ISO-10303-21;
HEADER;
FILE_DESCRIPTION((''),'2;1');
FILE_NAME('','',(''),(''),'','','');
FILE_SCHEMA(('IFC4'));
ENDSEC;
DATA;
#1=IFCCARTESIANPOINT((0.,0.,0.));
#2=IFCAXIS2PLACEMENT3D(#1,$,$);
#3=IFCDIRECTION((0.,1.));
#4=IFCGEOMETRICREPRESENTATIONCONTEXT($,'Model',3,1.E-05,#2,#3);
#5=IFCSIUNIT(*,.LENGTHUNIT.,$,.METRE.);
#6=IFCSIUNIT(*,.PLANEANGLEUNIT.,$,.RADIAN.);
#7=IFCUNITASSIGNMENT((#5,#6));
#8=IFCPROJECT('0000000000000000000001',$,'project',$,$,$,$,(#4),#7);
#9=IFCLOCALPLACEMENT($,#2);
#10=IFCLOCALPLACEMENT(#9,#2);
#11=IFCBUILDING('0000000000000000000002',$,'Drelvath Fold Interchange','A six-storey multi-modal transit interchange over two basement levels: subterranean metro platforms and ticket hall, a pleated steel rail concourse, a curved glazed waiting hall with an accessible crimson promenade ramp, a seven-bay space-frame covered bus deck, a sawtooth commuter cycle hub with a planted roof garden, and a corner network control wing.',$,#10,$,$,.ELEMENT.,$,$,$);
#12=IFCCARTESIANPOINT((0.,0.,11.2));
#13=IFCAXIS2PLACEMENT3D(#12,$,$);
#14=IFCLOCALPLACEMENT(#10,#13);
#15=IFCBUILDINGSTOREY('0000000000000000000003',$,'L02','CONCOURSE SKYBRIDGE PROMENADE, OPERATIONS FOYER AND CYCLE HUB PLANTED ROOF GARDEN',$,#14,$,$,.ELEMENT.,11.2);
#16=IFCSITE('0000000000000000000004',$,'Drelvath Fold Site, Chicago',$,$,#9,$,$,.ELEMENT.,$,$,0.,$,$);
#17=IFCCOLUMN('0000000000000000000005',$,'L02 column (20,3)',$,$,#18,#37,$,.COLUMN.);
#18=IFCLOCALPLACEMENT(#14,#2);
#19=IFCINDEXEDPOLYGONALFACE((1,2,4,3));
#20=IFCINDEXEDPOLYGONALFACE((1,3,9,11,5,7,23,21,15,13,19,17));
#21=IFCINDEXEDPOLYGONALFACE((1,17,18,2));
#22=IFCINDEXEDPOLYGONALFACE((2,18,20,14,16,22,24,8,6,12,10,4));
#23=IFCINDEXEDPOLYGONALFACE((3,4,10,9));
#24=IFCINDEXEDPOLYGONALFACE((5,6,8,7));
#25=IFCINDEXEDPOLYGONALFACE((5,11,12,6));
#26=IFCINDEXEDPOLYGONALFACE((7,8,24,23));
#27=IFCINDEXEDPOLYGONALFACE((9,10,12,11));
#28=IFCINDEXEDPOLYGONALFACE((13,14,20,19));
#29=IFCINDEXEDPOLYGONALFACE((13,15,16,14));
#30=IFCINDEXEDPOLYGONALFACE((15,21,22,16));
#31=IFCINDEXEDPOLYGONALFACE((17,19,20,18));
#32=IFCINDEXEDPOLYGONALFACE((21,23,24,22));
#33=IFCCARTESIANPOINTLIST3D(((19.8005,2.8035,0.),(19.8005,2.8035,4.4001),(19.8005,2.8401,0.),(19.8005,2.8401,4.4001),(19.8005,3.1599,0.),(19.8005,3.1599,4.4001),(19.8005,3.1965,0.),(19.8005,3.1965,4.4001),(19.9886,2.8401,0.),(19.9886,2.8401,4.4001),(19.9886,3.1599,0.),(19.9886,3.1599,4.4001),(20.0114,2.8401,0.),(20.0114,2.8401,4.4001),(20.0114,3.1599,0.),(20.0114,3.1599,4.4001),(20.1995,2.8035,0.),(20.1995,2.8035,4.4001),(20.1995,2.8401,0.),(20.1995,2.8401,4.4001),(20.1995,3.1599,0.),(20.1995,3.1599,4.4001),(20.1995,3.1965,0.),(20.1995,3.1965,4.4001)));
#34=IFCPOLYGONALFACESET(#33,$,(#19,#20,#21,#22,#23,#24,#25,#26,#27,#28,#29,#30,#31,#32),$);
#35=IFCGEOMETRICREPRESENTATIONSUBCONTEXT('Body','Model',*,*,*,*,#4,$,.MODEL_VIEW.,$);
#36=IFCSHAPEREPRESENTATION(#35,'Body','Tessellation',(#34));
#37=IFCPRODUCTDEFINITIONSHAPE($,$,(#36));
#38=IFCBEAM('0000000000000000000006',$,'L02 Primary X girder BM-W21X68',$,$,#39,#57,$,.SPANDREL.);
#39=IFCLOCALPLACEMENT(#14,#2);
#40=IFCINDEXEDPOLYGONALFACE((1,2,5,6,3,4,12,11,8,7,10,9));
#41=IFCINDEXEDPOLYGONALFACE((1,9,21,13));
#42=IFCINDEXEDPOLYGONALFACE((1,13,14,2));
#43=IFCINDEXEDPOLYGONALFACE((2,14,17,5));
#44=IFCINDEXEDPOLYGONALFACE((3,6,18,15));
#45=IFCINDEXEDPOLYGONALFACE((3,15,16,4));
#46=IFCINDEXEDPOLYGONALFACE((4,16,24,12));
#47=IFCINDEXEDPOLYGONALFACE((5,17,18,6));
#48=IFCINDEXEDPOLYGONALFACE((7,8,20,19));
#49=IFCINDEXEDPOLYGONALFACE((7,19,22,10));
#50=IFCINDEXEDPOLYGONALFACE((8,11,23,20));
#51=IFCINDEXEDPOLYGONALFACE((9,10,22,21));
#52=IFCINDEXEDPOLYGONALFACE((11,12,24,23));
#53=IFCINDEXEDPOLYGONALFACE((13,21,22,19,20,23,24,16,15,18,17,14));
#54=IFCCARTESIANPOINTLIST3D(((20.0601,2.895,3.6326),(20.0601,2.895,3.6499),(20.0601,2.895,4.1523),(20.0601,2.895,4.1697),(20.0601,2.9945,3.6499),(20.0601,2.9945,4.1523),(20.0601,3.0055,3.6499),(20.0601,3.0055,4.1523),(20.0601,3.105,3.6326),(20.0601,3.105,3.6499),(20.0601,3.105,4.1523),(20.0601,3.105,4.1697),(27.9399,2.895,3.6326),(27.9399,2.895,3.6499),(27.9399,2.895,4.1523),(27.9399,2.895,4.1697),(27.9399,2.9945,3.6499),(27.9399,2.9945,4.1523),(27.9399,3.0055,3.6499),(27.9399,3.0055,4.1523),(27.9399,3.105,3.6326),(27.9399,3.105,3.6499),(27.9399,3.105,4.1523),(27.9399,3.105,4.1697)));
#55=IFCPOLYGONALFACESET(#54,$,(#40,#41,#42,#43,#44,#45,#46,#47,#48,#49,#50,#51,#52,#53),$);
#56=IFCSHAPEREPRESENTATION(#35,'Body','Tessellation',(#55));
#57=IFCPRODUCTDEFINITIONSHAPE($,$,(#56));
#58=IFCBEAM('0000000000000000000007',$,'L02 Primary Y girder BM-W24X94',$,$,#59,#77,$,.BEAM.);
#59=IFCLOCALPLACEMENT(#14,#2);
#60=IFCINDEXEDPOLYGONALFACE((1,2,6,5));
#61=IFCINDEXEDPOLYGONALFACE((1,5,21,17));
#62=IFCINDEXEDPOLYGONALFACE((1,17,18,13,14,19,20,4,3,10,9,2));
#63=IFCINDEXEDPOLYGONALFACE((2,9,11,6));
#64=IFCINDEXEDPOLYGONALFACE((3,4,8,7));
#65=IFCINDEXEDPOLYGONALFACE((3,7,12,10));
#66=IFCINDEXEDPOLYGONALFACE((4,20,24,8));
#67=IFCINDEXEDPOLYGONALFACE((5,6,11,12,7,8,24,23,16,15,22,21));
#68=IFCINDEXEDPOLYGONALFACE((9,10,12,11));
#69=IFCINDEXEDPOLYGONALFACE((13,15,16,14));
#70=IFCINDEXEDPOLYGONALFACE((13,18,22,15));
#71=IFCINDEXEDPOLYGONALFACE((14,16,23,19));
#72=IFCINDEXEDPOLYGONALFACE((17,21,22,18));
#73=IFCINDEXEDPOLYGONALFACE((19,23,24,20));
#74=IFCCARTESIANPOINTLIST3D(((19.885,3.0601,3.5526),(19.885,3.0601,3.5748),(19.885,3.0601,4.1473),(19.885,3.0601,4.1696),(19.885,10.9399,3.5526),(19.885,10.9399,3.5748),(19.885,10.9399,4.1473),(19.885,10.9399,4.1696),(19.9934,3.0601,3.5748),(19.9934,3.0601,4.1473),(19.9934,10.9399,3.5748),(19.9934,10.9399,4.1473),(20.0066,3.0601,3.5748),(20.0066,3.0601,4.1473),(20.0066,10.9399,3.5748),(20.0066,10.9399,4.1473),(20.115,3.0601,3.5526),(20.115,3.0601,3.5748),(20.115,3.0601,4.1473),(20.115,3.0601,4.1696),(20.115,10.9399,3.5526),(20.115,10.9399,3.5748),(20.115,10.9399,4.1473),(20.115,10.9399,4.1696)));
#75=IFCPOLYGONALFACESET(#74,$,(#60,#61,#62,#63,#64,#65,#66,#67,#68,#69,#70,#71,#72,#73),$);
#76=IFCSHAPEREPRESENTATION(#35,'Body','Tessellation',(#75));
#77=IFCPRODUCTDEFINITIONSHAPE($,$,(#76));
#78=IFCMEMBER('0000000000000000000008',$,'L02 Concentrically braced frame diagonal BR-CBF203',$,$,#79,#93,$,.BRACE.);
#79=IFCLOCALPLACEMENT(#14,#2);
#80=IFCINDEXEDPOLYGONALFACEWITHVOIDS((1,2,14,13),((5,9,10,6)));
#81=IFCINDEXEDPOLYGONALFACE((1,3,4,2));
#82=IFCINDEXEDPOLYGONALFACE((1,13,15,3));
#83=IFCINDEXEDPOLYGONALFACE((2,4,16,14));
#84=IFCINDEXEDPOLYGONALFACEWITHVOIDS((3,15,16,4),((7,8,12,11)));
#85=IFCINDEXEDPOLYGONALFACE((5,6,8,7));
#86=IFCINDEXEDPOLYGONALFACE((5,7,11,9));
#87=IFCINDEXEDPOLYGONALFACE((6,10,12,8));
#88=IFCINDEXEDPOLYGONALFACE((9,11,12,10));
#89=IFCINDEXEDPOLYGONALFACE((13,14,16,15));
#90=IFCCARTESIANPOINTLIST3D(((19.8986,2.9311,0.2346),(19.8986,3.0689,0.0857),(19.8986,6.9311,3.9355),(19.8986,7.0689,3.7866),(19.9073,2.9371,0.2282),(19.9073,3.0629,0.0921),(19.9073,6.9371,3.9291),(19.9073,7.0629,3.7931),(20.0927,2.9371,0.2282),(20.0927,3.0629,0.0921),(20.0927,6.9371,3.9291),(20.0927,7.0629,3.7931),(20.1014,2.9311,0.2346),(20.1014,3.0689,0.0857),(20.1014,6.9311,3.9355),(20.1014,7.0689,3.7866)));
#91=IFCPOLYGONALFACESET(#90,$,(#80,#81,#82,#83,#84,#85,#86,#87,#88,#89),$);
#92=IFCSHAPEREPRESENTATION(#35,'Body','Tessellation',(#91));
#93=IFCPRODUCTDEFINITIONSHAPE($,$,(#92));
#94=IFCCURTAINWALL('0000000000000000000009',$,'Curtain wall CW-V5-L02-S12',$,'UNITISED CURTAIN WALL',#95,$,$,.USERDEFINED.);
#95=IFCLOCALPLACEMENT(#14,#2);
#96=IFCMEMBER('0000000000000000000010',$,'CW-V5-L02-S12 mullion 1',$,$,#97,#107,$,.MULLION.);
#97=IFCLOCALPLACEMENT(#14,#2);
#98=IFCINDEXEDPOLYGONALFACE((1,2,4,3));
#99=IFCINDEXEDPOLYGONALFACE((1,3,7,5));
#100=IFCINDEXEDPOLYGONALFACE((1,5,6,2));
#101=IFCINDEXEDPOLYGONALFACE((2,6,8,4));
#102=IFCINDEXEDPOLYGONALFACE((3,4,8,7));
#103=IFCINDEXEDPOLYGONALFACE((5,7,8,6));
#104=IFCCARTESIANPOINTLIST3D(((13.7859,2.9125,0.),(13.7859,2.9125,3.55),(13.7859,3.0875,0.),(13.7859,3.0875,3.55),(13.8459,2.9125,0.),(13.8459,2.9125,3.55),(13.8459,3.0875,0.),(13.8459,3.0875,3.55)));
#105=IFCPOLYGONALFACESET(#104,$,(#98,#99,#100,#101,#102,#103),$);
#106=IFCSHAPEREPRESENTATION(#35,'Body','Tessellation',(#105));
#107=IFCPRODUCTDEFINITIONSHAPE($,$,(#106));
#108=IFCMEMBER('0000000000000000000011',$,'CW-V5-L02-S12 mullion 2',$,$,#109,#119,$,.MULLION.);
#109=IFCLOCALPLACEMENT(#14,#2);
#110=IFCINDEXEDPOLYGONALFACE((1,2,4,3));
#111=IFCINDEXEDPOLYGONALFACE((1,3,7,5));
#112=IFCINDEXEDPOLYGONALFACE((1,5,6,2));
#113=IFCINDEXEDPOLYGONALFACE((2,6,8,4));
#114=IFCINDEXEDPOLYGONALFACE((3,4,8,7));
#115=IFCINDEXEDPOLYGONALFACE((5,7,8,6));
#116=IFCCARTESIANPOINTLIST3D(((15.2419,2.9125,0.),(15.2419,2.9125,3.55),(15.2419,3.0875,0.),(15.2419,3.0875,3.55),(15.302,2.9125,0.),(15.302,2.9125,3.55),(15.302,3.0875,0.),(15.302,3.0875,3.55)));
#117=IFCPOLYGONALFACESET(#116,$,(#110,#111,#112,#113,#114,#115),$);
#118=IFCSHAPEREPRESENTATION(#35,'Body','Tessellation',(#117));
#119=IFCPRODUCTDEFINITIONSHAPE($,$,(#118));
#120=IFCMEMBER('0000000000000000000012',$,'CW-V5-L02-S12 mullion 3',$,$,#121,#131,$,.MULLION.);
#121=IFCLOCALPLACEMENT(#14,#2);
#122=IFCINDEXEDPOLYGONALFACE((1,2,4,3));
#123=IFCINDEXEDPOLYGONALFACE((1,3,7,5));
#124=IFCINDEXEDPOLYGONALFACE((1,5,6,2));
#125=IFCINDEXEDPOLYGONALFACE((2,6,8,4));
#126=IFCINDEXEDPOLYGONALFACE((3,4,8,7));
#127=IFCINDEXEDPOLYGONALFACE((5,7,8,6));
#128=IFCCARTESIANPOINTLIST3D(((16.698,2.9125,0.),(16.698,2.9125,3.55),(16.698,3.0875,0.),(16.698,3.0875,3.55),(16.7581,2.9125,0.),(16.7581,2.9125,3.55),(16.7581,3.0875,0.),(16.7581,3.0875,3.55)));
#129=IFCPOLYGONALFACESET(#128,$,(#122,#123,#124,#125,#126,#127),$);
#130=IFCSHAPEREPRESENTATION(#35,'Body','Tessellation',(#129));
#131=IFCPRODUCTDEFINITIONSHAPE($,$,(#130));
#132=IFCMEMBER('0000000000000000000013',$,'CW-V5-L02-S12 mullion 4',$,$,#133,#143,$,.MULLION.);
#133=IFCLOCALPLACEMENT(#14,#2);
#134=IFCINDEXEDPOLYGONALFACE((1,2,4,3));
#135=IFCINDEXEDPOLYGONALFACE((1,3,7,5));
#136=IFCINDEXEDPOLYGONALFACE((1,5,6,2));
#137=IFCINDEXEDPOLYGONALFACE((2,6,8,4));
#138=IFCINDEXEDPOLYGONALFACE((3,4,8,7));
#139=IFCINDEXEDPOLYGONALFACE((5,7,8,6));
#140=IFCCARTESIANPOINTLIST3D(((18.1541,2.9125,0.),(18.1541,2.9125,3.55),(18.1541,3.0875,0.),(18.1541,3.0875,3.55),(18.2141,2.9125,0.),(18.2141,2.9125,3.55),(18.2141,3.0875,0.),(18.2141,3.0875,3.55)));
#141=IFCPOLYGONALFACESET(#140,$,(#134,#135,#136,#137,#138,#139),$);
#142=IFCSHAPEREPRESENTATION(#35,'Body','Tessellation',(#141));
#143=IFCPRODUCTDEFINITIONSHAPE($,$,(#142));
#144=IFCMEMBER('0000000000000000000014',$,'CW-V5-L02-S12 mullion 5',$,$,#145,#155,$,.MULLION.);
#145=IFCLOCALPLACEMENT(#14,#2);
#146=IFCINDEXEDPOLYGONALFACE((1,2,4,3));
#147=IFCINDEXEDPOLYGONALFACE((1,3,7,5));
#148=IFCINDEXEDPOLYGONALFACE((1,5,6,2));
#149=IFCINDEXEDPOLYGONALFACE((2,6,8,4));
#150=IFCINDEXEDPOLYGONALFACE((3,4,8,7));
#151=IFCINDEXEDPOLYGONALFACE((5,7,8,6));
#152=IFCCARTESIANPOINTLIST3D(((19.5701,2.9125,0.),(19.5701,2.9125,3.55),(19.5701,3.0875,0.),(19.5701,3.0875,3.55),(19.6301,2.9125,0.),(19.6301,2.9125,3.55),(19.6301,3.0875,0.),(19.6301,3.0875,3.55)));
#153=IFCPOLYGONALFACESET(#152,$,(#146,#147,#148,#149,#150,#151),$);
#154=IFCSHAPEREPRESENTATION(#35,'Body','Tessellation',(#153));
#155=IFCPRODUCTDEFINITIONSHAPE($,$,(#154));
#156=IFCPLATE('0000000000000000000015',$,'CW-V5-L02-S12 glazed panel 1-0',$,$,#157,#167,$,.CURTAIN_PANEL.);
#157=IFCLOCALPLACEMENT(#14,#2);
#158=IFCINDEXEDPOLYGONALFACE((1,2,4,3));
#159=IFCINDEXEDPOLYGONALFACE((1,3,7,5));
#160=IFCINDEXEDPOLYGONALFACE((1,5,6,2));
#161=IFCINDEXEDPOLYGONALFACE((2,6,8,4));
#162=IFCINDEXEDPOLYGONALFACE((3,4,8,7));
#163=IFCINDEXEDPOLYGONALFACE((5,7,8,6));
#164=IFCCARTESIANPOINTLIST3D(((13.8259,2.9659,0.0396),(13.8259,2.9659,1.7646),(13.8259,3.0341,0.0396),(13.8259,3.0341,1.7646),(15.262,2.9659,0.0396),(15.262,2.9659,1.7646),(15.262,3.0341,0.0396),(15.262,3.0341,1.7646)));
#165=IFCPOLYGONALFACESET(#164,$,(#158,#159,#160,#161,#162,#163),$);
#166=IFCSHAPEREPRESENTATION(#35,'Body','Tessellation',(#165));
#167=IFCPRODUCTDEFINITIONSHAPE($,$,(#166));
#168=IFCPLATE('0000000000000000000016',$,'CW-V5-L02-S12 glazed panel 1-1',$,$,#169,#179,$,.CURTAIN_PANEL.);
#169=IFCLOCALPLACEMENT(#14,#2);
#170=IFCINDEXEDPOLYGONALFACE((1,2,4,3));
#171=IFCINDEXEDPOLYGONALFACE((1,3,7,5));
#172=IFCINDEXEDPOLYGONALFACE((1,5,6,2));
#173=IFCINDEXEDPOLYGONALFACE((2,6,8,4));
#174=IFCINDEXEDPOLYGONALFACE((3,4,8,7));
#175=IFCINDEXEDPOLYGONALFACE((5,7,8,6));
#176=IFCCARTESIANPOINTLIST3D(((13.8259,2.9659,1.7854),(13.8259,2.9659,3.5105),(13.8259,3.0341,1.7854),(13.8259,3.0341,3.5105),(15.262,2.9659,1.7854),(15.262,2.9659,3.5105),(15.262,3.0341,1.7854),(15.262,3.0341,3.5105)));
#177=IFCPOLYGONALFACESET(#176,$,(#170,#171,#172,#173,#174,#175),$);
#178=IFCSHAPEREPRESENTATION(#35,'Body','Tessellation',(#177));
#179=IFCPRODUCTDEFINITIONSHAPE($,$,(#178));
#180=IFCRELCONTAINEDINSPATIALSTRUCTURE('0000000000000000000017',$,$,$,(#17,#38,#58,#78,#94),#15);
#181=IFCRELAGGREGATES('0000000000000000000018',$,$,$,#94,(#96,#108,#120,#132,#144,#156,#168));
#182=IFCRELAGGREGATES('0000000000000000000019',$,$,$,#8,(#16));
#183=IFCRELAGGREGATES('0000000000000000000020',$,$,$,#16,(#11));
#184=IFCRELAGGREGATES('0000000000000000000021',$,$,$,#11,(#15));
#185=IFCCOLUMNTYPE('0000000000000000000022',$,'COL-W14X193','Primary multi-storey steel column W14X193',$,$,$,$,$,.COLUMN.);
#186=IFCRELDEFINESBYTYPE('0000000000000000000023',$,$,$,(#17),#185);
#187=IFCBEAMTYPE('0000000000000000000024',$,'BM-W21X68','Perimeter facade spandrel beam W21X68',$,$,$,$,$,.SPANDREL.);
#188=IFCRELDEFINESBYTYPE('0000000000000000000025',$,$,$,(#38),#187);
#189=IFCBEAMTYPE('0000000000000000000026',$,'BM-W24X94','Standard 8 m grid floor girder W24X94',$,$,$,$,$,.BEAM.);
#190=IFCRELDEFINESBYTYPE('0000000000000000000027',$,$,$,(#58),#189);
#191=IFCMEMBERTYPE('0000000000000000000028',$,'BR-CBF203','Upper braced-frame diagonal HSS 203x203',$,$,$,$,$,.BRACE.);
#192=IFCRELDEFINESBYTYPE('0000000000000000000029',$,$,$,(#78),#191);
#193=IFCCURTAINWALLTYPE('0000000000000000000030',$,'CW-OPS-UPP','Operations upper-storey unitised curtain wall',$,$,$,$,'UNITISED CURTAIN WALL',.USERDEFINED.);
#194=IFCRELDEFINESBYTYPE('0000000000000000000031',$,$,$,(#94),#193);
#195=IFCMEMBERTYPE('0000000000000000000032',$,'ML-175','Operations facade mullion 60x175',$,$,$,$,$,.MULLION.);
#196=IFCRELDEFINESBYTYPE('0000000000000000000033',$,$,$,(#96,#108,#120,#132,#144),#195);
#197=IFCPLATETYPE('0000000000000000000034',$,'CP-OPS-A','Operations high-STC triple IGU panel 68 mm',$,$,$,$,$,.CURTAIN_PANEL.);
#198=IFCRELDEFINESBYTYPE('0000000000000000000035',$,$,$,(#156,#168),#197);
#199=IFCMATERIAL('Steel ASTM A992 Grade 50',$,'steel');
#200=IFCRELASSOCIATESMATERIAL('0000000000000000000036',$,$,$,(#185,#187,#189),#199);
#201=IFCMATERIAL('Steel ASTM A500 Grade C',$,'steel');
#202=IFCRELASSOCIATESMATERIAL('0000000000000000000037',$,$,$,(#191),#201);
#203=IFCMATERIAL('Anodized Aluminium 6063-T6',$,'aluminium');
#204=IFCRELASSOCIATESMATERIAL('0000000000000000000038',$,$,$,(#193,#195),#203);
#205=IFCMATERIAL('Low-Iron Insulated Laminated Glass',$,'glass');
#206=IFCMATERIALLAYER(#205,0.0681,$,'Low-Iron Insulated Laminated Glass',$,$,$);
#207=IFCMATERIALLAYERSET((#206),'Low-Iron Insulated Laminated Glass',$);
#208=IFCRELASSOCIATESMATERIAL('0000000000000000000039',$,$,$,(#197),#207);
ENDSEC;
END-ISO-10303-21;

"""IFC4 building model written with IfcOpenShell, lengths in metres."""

from ifc_helpers import new_model, si_unit, direction, frame, origin, origin_2d, place, context, subcontext, project, spatial, rectangle, hollow_rectangle, i_section, extrude, material, layer, layer_set, material_profile, profile_set, type_object, element, aggregate, save


model = new_model("IFC4")

# Units and contexts
model_context = context("Model", 3, precision=1e-05, world=origin(), true_north=direction((0.0, 1.0)))
body_context = subcontext(model_context, "Body", "Model", "MODEL_VIEW")
ifc_project = project(units=[si_unit("LENGTHUNIT", "METRE"), si_unit("PLANEANGLEUNIT", "RADIAN")], contexts=[model_context])

# Site, building, storey
site_placement = place(None, origin())
site = spatial("IfcSite", under=ifc_project, at=site_placement, Name="Drelvath Fold Site, Chicago", CompositionType="ELEMENT", RefElevation=0.0)
building_placement = place(site_placement, origin())
building = spatial("IfcBuilding", under=site, at=building_placement, Name="Drelvath Fold Interchange", Description="A six-storey multi-modal transit interchange over two basement levels: subterranean metro platforms and ticket hall, a pleated steel rail concourse, a curved glazed waiting hall with an accessible crimson promenade ramp, a seven-bay space-frame covered bus deck, a sawtooth commuter cycle hub with a planted roof garden, and a corner network control wing.", CompositionType="ELEMENT")
storey_placement = place(building_placement, frame((0.0, 0.0, 11.2)))
storey = spatial("IfcBuildingStorey", under=building, at=storey_placement, Name="L02", Description="CONCOURSE SKYBRIDGE PROMENADE, OPERATIONS FOYER AND CYCLE HUB PLANTED ROOF GARDEN", CompositionType="ELEMENT", Elevation=11.2)

# Column
ifc_material_1 = material(Name="Steel ASTM A992 Grade 50", Category="steel")
ifc_material_profile_1 = material_profile(ifc_material_1, i_section(OverallWidth=0.3989, OverallDepth=0.3931, WebThickness=0.0227, FlangeThickness=0.0366, at=origin_2d()), Name="W14X193")
ifc_profile_set_1 = profile_set([ifc_material_profile_1], Name="Steel ASTM A992 Grade 50")
column_type = type_object("IfcColumnType", Name="COL-W14X193", Description="Primary multi-storey steel column W14X193", PredefinedType="COLUMN", material=ifc_profile_set_1)
column_placement = place(storey_placement, frame((20.0, 3.0, 0.0), z_axis=(0.0, 0.0, 1.0), x_axis=(1.0, 0.0, 0.0)))
element("IfcColumn", 1, at=column_placement, inside=storey, type_object=column_type, Name="L02 column (20,3)", PredefinedType="COLUMN", context=body_context, shape_type="SweptSolid", body=[
    extrude(i_section(OverallWidth=0.3989, OverallDepth=0.3931, WebThickness=0.0227, FlangeThickness=0.0366, at=origin_2d()), origin(), (0.0, 0.0, 1.0), 4.4001),
])

# Beams
ifc_material_profile_2 = material_profile(ifc_material_1, i_section(OverallWidth=0.21, OverallDepth=0.5371, WebThickness=0.011, FlangeThickness=0.0173, at=origin_2d()), Name="W21X68")
ifc_profile_set_2 = profile_set([ifc_material_profile_2], Name="Steel ASTM A992 Grade 50")
beam_type_1 = type_object("IfcBeamType", Name="BM-W21X68", Description="Perimeter facade spandrel beam W21X68", PredefinedType="SPANDREL", material=ifc_profile_set_2)
beam_1_placement = place(storey_placement, frame((20.0601, 3.0, 3.9011), z_axis=(1.0, 0.0, 0.0), x_axis=(0.0, 1.0, 0.0)))
element("IfcBeam", 2, at=beam_1_placement, inside=storey, type_object=beam_type_1, Name="L02 Primary X girder BM-W21X68", PredefinedType="SPANDREL", context=body_context, shape_type="SweptSolid", body=[
    extrude(i_section(OverallWidth=0.21, OverallDepth=0.5371, WebThickness=0.011, FlangeThickness=0.0173, at=origin_2d()), origin(), (0.0, 0.0, 1.0), 7.8799),
])
ifc_material_profile_3 = material_profile(ifc_material_1, i_section(OverallWidth=0.23, OverallDepth=0.6169, WebThickness=0.0132, FlangeThickness=0.0222, at=origin_2d()), Name="W24X94")
ifc_profile_set_3 = profile_set([ifc_material_profile_3], Name="Steel ASTM A992 Grade 50")
beam_type_2 = type_object("IfcBeamType", Name="BM-W24X94", Description="Standard 8 m grid floor girder W24X94", PredefinedType="BEAM", material=ifc_profile_set_3)
beam_2_placement = place(storey_placement, frame((20.0, 3.0601, 3.8611), z_axis=(0.0, 1.0, 0.0), x_axis=(-1.0, 0.0, 0.0)))
element("IfcBeam", 3, at=beam_2_placement, inside=storey, type_object=beam_type_2, Name="L02 Primary Y girder BM-W24X94", PredefinedType="BEAM", context=body_context, shape_type="SweptSolid", body=[
    extrude(i_section(OverallWidth=0.23, OverallDepth=0.6169, WebThickness=0.0132, FlangeThickness=0.0222, at=origin_2d()), origin(), (0.0, 0.0, 1.0), 7.8799),
])

# Member
ifc_material_2 = material(Name="Steel ASTM A500 Grade C", Category="steel")
ifc_material_profile_4 = material_profile(ifc_material_2, hollow_rectangle(XDim=0.2029, YDim=0.2029, WallThickness=0.0088, at=origin_2d()), Name="HSS8X8X3/8")
ifc_profile_set_4 = profile_set([ifc_material_profile_4], Name="Steel ASTM A500 Grade C")
member_type_1 = type_object("IfcMemberType", Name="BR-CBF203", Description="Upper braced-frame diagonal HSS 203x203", PredefinedType="BRACE", material=ifc_profile_set_4)
member_1_placement = place(storey_placement, frame((20.0, 3.0, 0.1602), z_axis=(0.0, 0.734015, 0.679134), x_axis=(-1.0, 0.0, 0.0)))
element("IfcMember", 4, at=member_1_placement, inside=storey, type_object=member_type_1, Name="L02 Concentrically braced frame diagonal BR-CBF203", PredefinedType="BRACE", context=body_context, shape_type="SweptSolid", body=[
    extrude(hollow_rectangle(XDim=0.2029, YDim=0.2029, WallThickness=0.0088, at=origin_2d()), origin(), (0.0, 0.0, 1.0), 5.4495),
])

# Curtain wall, members, plates
ifc_material_3 = material(Name="Anodized Aluminium 6063-T6", Category="aluminium")
curtain_wall_type = type_object("IfcCurtainWallType", Name="CW-OPS-UPP", Description="Operations upper-storey unitised curtain wall", ElementType="UNITISED CURTAIN WALL", PredefinedType="USERDEFINED", material=ifc_material_3)
curtain_wall_placement = place(storey_placement, origin())
curtain_wall = element("IfcCurtainWall", 5, at=curtain_wall_placement, inside=storey, type_object=curtain_wall_type, Name="Curtain wall CW-V5-L02-S12", ObjectType="UNITISED CURTAIN WALL", PredefinedType="USERDEFINED")
ifc_material_profile_5 = material_profile(ifc_material_3, rectangle(XDim=0.0601, YDim=0.175, at=origin_2d()), Name="AL-M 60x175")
ifc_profile_set_5 = profile_set([ifc_material_profile_5], Name="Anodized Aluminium 6063-T6")
member_type_2 = type_object("IfcMemberType", Name="ML-175", Description="Operations facade mullion 60x175", PredefinedType="MULLION", material=ifc_profile_set_5)
member_2_placement = place(storey_placement, frame((13.8159, 3.0, 0.0), z_axis=(0.0, 0.0, 1.0), x_axis=(1.0, 0.0, 0.0)))
member_2 = element("IfcMember", 6, at=member_2_placement, type_object=member_type_2, Name="CW-V5-L02-S12 mullion 1", PredefinedType="MULLION", context=body_context, shape_type="SweptSolid", body=[
    extrude(rectangle(XDim=0.0601, YDim=0.175, at=origin_2d()), origin(), (0.0, 0.0, 1.0), 3.55),
])
member_3_placement = place(storey_placement, frame((15.272, 3.0, 0.0), z_axis=(0.0, 0.0, 1.0), x_axis=(1.0, 0.0, 0.0)))
member_3 = element("IfcMember", 7, at=member_3_placement, type_object=member_type_2, Name="CW-V5-L02-S12 mullion 2", PredefinedType="MULLION", context=body_context, shape_type="SweptSolid", body=[
    extrude(rectangle(XDim=0.0601, YDim=0.175, at=origin_2d()), origin(), (0.0, 0.0, 1.0), 3.55),
])
member_4_placement = place(storey_placement, frame((16.728, 3.0, 0.0), z_axis=(0.0, 0.0, 1.0), x_axis=(1.0, 0.0, 0.0)))
member_4 = element("IfcMember", 8, at=member_4_placement, type_object=member_type_2, Name="CW-V5-L02-S12 mullion 3", PredefinedType="MULLION", context=body_context, shape_type="SweptSolid", body=[
    extrude(rectangle(XDim=0.0601, YDim=0.175, at=origin_2d()), origin(), (0.0, 0.0, 1.0), 3.55),
])
member_5_placement = place(storey_placement, frame((18.1841, 3.0, 0.0), z_axis=(0.0, 0.0, 1.0), x_axis=(1.0, 0.0, 0.0)))
member_5 = element("IfcMember", 9, at=member_5_placement, type_object=member_type_2, Name="CW-V5-L02-S12 mullion 4", PredefinedType="MULLION", context=body_context, shape_type="SweptSolid", body=[
    extrude(rectangle(XDim=0.0601, YDim=0.175, at=origin_2d()), origin(), (0.0, 0.0, 1.0), 3.55),
])
member_6_placement = place(storey_placement, frame((19.6001, 3.0, 0.0), z_axis=(0.0, 0.0, 1.0), x_axis=(1.0, 0.0, 0.0)))
member_6 = element("IfcMember", 10, at=member_6_placement, type_object=member_type_2, Name="CW-V5-L02-S12 mullion 5", PredefinedType="MULLION", context=body_context, shape_type="SweptSolid", body=[
    extrude(rectangle(XDim=0.0601, YDim=0.175, at=origin_2d()), origin(), (0.0, 0.0, 1.0), 3.55),
])
ifc_material_4 = material(Name="Low-Iron Insulated Laminated Glass", Category="glass")
ifc_layer_1 = layer(ifc_material_4, 0.0681, Name="Low-Iron Insulated Laminated Glass")
ifc_layer_set_1 = layer_set([ifc_layer_1], Name="Low-Iron Insulated Laminated Glass")
plate_type_1 = type_object("IfcPlateType", Name="CP-OPS-A", Description="Operations high-STC triple IGU panel 68 mm", PredefinedType="CURTAIN_PANEL", material=ifc_layer_set_1)
plate_1_placement = place(storey_placement, frame((14.5439, 3.0, 0.0396), z_axis=(0.0, 0.0, 1.0), x_axis=(1.0, 0.0, 0.0)))
plate_1 = element("IfcPlate", 11, at=plate_1_placement, type_object=plate_type_1, Name="CW-V5-L02-S12 glazed panel 1-0", PredefinedType="CURTAIN_PANEL", context=body_context, shape_type="SweptSolid", body=[
    extrude(rectangle(XDim=1.436, YDim=0.0681, at=origin_2d()), origin(), (0.0, 0.0, 1.0), 1.7251),
])
plate_2_placement = place(storey_placement, frame((14.5439, 3.0, 1.7854), z_axis=(0.0, 0.0, 1.0), x_axis=(1.0, 0.0, 0.0)))
plate_2 = element("IfcPlate", 12, at=plate_2_placement, type_object=plate_type_1, Name="CW-V5-L02-S12 glazed panel 1-1", PredefinedType="CURTAIN_PANEL", context=body_context, shape_type="SweptSolid", body=[
    extrude(rectangle(XDim=1.436, YDim=0.0681, at=origin_2d()), origin(), (0.0, 0.0, 1.0), 1.7251),
])
aggregate(curtain_wall, [member_2, member_3, member_4, member_5, member_6, plate_1, plate_2])

save(model, "model.ifc")
